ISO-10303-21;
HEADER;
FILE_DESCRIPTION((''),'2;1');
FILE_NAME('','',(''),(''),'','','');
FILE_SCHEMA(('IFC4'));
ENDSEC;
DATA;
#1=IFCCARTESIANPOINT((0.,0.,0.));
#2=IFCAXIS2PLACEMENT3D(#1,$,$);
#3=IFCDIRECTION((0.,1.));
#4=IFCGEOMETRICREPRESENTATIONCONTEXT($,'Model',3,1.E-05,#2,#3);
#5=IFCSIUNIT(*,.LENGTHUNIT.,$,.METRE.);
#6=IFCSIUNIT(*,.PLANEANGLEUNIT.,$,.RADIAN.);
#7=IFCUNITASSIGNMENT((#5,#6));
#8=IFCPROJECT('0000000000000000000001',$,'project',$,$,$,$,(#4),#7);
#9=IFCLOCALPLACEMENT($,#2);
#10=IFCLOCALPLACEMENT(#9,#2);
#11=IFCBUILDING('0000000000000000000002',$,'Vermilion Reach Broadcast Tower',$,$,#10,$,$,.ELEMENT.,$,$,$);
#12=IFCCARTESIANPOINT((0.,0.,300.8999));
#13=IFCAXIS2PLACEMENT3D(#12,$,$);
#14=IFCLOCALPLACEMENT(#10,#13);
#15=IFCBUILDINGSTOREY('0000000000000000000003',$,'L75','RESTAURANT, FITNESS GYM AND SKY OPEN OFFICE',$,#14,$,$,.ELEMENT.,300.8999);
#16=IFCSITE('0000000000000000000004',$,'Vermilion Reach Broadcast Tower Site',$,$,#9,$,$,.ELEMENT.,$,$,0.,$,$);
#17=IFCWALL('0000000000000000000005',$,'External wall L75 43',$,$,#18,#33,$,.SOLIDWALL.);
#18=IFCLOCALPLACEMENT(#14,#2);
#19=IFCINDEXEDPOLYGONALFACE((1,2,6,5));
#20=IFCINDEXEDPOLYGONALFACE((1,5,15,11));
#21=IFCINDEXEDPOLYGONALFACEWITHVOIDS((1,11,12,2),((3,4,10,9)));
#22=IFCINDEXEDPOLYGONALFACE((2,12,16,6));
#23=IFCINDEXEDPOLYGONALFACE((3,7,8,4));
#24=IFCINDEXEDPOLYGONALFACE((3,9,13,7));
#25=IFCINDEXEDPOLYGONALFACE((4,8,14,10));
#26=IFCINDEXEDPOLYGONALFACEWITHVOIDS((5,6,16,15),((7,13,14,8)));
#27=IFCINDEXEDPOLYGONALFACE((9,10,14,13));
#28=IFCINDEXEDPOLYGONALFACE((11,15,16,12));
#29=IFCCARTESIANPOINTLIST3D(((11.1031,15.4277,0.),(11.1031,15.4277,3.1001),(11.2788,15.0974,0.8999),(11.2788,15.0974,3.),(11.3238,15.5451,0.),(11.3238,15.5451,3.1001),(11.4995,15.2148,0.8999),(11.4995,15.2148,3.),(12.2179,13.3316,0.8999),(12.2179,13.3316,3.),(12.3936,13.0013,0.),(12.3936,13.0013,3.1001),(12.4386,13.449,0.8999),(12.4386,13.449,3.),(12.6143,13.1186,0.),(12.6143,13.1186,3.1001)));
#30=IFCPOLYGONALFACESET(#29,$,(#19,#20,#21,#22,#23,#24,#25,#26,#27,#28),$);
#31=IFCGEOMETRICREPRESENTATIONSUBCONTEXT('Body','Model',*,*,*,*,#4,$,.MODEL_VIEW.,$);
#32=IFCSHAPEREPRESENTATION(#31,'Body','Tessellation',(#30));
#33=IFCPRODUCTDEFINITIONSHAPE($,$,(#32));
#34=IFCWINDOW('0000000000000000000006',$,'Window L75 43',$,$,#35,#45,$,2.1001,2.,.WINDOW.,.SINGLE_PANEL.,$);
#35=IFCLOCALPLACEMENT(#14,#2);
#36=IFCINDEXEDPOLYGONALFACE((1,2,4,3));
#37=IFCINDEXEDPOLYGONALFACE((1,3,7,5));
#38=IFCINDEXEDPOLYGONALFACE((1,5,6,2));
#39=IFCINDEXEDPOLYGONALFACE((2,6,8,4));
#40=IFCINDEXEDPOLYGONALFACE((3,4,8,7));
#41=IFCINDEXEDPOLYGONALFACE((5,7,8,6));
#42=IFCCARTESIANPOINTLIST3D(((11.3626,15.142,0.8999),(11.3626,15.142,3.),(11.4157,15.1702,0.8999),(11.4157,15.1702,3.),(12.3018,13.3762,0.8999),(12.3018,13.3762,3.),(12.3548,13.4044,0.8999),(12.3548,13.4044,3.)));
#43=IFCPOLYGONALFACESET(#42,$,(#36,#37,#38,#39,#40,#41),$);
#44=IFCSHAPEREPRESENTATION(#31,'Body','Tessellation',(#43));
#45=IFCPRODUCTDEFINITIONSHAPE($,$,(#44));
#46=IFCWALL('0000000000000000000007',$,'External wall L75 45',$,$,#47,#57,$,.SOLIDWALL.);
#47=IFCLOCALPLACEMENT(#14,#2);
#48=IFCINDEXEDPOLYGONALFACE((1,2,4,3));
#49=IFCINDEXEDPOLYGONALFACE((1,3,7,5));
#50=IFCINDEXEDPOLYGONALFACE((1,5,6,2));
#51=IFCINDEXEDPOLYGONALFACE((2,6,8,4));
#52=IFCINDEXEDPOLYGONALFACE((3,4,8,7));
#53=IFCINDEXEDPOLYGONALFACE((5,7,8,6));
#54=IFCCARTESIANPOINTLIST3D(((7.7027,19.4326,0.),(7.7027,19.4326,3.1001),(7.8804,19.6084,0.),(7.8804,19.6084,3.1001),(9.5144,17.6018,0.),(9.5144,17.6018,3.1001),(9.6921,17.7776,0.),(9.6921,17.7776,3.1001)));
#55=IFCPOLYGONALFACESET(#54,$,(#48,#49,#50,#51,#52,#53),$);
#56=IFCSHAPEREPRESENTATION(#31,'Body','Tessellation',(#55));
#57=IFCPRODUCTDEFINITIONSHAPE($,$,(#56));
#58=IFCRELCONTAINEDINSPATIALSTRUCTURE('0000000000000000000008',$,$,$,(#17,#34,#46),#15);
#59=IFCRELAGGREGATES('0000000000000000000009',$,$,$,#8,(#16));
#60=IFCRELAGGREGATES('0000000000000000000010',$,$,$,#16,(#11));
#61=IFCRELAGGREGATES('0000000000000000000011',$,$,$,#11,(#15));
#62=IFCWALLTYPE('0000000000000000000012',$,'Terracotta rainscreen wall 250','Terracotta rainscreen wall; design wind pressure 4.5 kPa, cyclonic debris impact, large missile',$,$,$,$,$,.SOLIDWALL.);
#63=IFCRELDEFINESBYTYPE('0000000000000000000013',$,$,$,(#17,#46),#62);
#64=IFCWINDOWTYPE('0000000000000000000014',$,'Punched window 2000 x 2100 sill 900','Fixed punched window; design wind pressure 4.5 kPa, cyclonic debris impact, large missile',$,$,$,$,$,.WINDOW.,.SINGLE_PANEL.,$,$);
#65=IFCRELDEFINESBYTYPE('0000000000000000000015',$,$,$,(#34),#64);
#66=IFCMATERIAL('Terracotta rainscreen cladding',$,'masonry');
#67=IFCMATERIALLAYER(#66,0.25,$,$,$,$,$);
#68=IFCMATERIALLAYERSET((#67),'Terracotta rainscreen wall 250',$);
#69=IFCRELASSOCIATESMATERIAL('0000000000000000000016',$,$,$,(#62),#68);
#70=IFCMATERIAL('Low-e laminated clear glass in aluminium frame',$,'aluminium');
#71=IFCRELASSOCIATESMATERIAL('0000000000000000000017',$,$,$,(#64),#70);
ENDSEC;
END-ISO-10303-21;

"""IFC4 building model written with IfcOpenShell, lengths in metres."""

from ifc_helpers import new_model, si_unit, direction, frame, frame_2d, origin, place, context, subcontext, project, spatial, rectangle, extrude, material, layer, layer_set, type_object, element, fill, save


model = new_model("IFC4")

# Units and contexts
model_context = context("Model", 3, precision=1e-05, world=origin(), true_north=direction((0.0, 1.0)))
body_context = subcontext(model_context, "Body", "Model", "MODEL_VIEW")
ifc_project = project(units=[si_unit("LENGTHUNIT", "METRE"), si_unit("PLANEANGLEUNIT", "RADIAN")], contexts=[model_context])

# Site, building, storey
site_placement = place(None, origin())
site = spatial("IfcSite", under=ifc_project, at=site_placement, Name="Vermilion Reach Broadcast Tower Site", CompositionType="ELEMENT", RefElevation=0.0)
building_placement = place(site_placement, origin())
building = spatial("IfcBuilding", under=site, at=building_placement, Name="Vermilion Reach Broadcast Tower", CompositionType="ELEMENT")
storey_placement = place(building_placement, frame((0.0, 0.0, 300.8999)))
storey = spatial("IfcBuildingStorey", under=building, at=storey_placement, Name="L75", Description="RESTAURANT, FITNESS GYM AND SKY OPEN OFFICE", CompositionType="ELEMENT", Elevation=300.8999)

# Wall, opening, window
ifc_material_1 = material(Name="Terracotta rainscreen cladding", Category="masonry")
ifc_layer_1 = layer(ifc_material_1, 0.25)
ifc_layer_set_1 = layer_set([ifc_layer_1], Name="Terracotta rainscreen wall 250")
wall_type_1 = type_object("IfcWallType", Name="Terracotta rainscreen wall 250", Description="Terracotta rainscreen wall; design wind pressure 4.5 kPa, cyclonic debris impact, large missile", PredefinedType="SOLIDWALL", material=ifc_layer_set_1)
ifc_material_2 = material(Name="Low-e laminated clear glass in aluminium frame", Category="aluminium")
window_type = type_object("IfcWindowType", Name="Punched window 2000 x 2100 sill 900", Description="Fixed punched window; design wind pressure 4.5 kPa, cyclonic debris impact, large missile", PartitioningType="SINGLE_PANEL", PredefinedType="WINDOW", material=ifc_material_2)
wall_1_placement = place(storey_placement, frame((12.5039, 13.0601, 0.0), z_axis=(0.0, 0.0, 1.0), x_axis=(-0.469564, 0.882898, 0.0)))
wall_1 = element("IfcWall", 1, at=wall_1_placement, inside=storey, type_object=wall_type_1, Name="External wall L75 43", PredefinedType="SOLIDWALL", context=body_context, shape_type="SweptSolid", body=[
    extrude(rectangle(XDim=2.7483, YDim=0.25, at=frame_2d((1.374, 0.0))), origin(), (0.0, 0.0, 1.0), 3.1001),
])
opening_1_placement = place(wall_1_placement, frame((0.374, 0.0, 0.8999)))
opening_1 = element("IfcOpeningElement", 2, at=opening_1_placement, cuts=wall_1, PredefinedType="OPENING", context=body_context, shape_type="SweptSolid", body=[
    extrude(rectangle(XDim=2.0, YDim=2.1001, at=frame_2d((1.0, 1.05))), frame((0.0, 0.135, 0.0), z_axis=(0.0, -1.0, 0.0), x_axis=(1.0, 0.0, 0.0)), (0.0, 0.0, 1.0), 0.27),
])
window_1_placement = place(opening_1_placement, origin())
window_1 = element("IfcWindow", 3, at=window_1_placement, inside=storey, type_object=window_type, Name="Window L75 43", OverallHeight=2.1001, OverallWidth=2.0, PartitioningType="SINGLE_PANEL", PredefinedType="WINDOW", context=body_context, shape_type="SweptSolid", body=[
    extrude(rectangle(XDim=2.0, YDim=2.1001, at=frame_2d((1.0, 1.05))), frame((0.0, 0.03, 0.0), z_axis=(0.0, -1.0, 0.0), x_axis=(1.0, 0.0, 0.0)), (0.0, 0.0, 1.0), 0.0601),
])
fill(opening_1, window_1)

# Wall
wall_2_placement = place(storey_placement, frame((9.6033, 17.6897, 0.0), z_axis=(0.0, 0.0, 1.0), x_axis=(-0.7034, 0.710794, 0.0)))
element("IfcWall", 4, at=wall_2_placement, inside=storey, type_object=wall_type_1, Name="External wall L75 45", PredefinedType="SOLIDWALL", context=body_context, shape_type="SweptSolid", body=[
    extrude(rectangle(XDim=2.5757, YDim=0.25, at=frame_2d((1.2878, 0.0))), origin(), (0.0, 0.0, 1.0), 3.1001),
])

save(model, "model.ifc")
